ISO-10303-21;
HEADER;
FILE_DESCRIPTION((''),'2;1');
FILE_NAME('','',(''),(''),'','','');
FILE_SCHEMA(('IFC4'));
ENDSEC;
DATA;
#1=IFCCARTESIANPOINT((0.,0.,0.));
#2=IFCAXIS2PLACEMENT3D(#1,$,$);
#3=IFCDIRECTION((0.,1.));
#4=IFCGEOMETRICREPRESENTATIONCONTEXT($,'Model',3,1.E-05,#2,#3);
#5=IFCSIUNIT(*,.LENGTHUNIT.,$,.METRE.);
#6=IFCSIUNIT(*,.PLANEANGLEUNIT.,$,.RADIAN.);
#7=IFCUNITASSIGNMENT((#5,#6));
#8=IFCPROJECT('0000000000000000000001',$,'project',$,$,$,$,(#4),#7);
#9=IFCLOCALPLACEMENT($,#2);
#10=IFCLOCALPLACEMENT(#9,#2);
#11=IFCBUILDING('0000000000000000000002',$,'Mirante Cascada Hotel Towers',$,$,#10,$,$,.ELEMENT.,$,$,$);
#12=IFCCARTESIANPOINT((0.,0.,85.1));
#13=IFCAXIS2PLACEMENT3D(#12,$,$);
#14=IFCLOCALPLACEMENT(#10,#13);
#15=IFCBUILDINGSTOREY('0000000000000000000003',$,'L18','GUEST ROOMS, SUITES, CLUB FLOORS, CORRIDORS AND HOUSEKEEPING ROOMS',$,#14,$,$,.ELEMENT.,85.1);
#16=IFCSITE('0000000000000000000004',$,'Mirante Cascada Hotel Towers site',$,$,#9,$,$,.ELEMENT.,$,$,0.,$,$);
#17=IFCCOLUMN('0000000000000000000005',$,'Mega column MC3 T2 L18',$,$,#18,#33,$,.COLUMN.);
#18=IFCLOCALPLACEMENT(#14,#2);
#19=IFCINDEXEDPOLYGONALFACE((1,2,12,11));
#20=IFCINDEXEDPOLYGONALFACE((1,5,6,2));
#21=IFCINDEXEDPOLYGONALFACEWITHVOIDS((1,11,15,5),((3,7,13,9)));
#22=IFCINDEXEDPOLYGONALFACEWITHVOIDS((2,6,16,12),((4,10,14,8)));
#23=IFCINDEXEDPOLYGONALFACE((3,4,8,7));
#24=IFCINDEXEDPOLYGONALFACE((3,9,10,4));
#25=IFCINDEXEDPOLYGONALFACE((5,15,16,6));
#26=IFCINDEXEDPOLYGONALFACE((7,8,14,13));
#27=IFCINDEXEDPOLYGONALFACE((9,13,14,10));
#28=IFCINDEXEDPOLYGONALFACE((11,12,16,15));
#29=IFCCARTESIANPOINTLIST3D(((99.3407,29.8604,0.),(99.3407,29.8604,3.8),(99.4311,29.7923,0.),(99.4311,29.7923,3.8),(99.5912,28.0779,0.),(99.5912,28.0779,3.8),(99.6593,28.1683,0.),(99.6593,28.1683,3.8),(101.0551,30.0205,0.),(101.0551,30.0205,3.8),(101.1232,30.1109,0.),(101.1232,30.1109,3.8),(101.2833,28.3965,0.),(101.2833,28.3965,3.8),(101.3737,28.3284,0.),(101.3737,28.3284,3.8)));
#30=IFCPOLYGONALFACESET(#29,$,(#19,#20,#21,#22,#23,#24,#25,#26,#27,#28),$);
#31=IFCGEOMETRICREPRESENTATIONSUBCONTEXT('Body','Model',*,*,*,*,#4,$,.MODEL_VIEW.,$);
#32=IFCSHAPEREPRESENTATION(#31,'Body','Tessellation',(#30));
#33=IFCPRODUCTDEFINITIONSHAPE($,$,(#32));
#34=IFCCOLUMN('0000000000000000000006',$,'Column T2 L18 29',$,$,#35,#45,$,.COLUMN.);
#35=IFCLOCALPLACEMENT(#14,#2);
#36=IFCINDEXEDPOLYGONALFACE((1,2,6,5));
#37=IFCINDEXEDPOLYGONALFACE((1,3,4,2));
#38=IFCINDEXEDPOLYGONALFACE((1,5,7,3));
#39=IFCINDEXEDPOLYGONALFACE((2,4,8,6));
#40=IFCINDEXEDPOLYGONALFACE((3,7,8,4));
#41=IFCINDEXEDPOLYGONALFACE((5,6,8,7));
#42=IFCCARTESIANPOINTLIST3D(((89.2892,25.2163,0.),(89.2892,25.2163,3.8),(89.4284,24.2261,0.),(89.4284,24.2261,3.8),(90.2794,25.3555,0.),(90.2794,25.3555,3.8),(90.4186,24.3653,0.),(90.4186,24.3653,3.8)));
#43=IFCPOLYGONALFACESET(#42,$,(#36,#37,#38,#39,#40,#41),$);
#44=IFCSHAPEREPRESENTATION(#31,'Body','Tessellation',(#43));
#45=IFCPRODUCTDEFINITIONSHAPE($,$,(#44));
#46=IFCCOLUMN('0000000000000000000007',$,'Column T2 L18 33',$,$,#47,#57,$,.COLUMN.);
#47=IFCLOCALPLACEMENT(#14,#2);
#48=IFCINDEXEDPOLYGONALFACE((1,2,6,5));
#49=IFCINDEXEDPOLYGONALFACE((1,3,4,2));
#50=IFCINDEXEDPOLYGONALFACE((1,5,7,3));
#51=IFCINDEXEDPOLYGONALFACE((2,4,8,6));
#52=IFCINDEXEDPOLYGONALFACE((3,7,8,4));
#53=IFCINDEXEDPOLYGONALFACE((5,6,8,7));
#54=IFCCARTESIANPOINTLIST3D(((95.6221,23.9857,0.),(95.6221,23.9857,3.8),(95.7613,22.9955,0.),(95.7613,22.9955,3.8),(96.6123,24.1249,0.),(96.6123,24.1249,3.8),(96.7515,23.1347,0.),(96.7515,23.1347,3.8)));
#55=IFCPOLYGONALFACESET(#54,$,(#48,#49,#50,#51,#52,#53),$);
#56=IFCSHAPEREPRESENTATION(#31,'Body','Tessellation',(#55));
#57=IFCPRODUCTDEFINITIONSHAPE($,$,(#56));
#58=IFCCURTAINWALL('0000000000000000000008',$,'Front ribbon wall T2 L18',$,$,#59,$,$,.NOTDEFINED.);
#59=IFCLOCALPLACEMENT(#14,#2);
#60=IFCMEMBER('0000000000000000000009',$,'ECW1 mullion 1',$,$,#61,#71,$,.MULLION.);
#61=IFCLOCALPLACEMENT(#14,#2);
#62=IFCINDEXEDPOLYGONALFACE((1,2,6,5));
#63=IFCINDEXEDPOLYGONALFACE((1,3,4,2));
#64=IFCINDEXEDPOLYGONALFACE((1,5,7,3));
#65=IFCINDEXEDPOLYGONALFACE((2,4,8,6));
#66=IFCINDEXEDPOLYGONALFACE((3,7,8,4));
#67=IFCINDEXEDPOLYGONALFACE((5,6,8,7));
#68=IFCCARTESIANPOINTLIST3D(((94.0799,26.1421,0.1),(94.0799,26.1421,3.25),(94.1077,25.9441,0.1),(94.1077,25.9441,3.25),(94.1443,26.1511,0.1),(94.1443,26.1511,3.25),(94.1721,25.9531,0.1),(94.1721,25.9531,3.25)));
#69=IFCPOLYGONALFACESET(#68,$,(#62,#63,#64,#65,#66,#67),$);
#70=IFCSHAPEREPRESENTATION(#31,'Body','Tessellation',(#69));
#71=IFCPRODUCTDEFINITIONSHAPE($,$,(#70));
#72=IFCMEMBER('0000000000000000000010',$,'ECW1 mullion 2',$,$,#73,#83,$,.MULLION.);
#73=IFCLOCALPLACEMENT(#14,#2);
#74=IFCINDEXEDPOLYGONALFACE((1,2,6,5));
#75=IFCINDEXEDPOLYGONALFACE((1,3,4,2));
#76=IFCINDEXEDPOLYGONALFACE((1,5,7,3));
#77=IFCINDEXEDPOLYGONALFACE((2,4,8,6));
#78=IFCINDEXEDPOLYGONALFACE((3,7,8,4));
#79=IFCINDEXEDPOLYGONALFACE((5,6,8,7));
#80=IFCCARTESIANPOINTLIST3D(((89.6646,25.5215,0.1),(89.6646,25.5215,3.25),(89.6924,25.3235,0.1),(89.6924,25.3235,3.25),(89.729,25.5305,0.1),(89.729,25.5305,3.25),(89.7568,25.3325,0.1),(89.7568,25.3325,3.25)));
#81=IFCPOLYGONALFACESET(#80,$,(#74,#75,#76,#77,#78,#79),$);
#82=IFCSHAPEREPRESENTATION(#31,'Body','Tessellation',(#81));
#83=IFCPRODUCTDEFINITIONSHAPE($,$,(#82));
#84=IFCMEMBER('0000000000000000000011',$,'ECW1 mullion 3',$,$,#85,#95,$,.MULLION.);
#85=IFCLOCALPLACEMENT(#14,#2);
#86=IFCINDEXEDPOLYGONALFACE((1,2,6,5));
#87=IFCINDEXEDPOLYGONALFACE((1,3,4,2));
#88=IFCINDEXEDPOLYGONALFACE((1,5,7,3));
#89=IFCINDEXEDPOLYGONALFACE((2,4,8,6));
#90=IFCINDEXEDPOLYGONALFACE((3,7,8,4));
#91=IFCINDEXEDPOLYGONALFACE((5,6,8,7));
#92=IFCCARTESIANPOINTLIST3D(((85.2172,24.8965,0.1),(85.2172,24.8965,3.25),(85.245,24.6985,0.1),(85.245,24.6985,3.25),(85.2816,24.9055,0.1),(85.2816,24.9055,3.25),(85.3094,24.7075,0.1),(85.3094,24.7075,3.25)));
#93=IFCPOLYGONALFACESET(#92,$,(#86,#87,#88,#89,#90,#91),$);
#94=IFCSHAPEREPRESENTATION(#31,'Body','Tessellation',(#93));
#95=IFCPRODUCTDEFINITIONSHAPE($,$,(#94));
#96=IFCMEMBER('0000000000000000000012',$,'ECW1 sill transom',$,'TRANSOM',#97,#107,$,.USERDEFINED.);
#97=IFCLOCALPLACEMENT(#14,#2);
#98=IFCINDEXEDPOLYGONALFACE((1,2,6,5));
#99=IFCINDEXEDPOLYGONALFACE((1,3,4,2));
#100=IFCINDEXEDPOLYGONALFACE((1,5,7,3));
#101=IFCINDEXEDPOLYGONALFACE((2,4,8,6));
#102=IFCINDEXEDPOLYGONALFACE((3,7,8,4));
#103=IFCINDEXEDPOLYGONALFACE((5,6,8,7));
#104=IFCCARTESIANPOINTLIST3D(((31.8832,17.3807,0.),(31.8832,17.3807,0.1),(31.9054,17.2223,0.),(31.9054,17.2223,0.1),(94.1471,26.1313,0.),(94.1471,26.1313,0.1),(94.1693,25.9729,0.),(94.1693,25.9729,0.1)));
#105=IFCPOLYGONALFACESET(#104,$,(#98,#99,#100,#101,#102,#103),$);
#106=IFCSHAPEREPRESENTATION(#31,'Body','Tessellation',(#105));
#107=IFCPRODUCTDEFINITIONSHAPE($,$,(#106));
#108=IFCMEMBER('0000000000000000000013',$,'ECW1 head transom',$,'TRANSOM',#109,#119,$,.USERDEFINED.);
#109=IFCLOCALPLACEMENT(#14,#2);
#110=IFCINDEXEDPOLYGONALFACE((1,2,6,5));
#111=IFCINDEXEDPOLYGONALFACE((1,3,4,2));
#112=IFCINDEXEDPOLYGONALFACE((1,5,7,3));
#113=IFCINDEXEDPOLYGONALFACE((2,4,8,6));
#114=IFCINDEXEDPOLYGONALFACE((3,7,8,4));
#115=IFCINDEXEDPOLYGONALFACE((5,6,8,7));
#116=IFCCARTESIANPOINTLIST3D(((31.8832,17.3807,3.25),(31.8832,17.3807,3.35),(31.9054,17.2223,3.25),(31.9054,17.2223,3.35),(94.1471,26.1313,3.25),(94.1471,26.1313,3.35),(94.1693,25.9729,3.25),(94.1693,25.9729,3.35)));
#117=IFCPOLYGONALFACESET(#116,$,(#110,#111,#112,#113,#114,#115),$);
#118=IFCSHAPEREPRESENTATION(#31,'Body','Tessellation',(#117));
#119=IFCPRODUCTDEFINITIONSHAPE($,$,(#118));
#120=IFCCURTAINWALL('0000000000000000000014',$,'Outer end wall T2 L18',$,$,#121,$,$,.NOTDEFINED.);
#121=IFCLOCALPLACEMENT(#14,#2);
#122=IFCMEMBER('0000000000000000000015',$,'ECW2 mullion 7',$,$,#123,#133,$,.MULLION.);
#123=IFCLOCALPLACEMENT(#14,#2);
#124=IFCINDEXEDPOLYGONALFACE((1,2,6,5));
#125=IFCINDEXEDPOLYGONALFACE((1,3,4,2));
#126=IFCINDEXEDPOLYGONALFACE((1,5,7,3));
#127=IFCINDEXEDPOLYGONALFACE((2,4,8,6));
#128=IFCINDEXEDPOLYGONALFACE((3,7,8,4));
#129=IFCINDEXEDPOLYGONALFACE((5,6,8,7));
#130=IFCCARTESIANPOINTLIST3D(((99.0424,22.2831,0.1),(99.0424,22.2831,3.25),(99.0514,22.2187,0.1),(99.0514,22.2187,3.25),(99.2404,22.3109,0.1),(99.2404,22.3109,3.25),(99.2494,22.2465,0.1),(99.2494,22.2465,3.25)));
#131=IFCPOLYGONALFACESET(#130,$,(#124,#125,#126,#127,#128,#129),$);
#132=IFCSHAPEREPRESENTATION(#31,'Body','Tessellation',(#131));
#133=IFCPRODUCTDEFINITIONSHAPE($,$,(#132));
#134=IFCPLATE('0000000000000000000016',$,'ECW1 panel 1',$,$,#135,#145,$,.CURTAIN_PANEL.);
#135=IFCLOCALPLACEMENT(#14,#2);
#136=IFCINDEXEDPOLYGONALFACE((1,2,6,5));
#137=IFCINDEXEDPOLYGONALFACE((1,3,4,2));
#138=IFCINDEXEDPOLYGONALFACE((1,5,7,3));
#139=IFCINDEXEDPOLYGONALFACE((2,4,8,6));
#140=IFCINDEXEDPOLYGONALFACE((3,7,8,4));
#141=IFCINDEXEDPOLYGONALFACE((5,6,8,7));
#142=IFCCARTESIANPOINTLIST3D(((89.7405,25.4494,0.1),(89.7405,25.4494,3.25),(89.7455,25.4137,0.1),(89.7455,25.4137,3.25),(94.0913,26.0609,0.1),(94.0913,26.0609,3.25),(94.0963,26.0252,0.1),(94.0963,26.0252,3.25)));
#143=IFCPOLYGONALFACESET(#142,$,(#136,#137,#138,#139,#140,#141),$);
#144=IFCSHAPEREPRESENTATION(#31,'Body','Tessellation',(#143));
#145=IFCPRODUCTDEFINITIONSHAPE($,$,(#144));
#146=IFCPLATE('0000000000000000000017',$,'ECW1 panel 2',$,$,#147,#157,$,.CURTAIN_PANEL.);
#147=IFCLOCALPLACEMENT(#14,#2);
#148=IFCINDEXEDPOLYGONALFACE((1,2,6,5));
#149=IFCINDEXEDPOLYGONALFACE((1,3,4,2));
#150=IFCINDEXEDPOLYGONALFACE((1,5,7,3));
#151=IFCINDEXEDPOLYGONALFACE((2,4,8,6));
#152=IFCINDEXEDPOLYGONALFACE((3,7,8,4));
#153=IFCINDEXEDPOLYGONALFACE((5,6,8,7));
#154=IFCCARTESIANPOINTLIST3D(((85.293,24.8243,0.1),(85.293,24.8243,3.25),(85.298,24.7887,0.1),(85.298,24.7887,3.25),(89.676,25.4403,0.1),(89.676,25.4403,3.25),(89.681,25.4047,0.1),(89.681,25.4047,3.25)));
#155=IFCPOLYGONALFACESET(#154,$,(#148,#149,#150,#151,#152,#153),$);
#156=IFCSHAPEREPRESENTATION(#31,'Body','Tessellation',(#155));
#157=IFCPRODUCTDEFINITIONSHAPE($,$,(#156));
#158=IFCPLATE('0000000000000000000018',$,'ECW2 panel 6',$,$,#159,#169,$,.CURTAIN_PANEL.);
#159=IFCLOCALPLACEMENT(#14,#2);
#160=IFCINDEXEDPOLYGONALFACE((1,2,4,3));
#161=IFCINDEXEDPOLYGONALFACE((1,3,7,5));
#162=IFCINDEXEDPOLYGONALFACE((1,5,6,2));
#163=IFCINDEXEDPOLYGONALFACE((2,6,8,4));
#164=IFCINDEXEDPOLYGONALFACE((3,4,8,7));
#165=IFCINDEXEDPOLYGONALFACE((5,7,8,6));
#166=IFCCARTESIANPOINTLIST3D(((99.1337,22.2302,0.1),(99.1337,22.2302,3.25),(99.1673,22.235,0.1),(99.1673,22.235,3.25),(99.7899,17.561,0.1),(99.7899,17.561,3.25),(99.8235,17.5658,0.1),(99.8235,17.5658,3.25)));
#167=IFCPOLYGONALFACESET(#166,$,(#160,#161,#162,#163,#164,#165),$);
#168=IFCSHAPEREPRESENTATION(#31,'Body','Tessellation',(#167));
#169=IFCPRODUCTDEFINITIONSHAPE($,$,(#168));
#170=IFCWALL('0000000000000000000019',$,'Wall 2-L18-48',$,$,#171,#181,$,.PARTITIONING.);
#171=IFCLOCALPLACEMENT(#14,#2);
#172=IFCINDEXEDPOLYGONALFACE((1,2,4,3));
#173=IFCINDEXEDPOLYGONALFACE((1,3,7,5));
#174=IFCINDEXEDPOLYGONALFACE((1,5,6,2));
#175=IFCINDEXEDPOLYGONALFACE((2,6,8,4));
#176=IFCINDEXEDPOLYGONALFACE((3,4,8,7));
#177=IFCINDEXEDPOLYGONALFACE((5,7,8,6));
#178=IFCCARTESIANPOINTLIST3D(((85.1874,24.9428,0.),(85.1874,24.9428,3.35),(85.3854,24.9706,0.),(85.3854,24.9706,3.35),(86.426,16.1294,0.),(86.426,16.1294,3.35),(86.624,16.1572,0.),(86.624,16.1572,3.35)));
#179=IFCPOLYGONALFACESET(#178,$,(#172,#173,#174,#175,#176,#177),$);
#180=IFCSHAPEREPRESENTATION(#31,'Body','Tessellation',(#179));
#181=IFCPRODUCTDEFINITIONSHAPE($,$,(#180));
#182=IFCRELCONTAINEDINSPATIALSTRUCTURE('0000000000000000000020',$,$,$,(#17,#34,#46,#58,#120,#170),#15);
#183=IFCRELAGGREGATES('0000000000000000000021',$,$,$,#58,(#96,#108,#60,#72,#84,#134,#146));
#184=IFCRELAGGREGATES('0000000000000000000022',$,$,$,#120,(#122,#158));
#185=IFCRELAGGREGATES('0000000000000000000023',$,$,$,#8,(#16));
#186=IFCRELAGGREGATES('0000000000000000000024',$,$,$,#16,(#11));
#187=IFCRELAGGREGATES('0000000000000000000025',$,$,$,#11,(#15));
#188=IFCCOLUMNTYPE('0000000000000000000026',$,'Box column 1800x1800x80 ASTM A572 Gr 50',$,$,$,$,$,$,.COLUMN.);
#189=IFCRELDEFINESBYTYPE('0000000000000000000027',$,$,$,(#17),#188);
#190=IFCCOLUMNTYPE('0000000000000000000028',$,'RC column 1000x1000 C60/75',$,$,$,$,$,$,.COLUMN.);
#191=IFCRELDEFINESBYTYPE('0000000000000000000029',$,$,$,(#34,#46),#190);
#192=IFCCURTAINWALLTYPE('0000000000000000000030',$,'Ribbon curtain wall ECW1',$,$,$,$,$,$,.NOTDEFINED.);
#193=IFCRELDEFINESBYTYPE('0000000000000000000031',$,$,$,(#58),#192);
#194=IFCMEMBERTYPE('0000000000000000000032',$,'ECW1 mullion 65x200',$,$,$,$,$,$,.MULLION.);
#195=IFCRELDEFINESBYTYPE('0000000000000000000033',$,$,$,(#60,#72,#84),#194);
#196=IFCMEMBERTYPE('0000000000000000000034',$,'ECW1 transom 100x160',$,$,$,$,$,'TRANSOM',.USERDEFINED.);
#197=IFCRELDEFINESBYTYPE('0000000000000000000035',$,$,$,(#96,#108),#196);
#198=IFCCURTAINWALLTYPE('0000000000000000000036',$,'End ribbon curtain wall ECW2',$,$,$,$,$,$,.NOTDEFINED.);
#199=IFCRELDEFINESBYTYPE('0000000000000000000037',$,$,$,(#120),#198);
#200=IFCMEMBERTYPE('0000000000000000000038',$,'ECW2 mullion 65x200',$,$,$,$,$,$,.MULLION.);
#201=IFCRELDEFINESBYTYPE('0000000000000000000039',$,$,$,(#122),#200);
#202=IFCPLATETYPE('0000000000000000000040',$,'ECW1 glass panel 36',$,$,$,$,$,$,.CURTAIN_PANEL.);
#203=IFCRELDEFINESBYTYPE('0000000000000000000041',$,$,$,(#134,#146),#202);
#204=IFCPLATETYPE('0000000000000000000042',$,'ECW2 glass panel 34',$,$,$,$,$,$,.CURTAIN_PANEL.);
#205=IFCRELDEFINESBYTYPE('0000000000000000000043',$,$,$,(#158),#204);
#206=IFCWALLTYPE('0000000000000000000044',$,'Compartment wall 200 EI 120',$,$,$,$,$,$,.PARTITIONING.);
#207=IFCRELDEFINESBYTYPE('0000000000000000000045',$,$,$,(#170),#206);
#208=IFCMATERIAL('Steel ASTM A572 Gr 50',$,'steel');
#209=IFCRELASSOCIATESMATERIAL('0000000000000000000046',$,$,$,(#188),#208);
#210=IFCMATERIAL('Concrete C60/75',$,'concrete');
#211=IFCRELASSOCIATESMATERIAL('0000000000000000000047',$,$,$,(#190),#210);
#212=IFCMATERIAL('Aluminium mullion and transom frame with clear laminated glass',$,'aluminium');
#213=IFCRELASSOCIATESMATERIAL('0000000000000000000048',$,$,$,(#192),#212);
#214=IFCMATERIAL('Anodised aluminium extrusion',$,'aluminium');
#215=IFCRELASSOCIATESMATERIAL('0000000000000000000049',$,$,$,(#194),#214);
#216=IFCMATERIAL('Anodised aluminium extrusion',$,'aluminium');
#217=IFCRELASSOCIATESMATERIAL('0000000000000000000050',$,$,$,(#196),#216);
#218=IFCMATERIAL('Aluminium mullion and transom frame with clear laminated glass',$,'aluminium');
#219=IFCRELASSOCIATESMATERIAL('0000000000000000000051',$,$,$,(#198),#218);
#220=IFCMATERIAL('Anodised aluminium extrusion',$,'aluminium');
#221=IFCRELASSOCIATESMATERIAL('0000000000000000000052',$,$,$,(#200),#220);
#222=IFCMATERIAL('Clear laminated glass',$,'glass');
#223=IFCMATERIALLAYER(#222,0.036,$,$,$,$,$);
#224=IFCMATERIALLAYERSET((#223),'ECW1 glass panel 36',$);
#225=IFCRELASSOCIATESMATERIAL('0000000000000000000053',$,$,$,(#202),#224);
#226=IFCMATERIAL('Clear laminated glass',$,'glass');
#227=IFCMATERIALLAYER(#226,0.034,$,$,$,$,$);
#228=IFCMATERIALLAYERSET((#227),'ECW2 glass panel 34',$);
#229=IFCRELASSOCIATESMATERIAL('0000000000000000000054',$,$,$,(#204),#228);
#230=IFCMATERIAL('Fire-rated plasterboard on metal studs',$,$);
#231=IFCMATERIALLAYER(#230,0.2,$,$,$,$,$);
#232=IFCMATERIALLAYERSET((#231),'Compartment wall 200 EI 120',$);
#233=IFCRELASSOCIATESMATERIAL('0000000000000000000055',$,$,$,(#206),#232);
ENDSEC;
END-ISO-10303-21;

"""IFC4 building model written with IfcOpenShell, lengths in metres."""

from ifc_helpers import new_model, si_unit, direction, frame, frame_2d, origin, origin_2d, place, context, subcontext, project, spatial, rectangle, hollow_rectangle, extrude, material, layer, layer_set, material_profile, profile_set, type_object, element, aggregate, save


model = new_model("IFC4")

# Units and contexts
model_context = context("Model", 3, precision=1e-05, world=origin(), true_north=direction((0.0, 1.0)))
body_context = subcontext(model_context, "Body", "Model", "MODEL_VIEW")
ifc_project = project(units=[si_unit("LENGTHUNIT", "METRE"), si_unit("PLANEANGLEUNIT", "RADIAN")], contexts=[model_context])

# Site, building, storey
site_placement = place(None, origin())
site = spatial("IfcSite", under=ifc_project, at=site_placement, Name="Mirante Cascada Hotel Towers site", CompositionType="ELEMENT", RefElevation=0.0)
building_placement = place(site_placement, origin())
building = spatial("IfcBuilding", under=site, at=building_placement, Name="Mirante Cascada Hotel Towers", CompositionType="ELEMENT")
storey_placement = place(building_placement, frame((0.0, 0.0, 85.1)))
storey = spatial("IfcBuildingStorey", under=building, at=storey_placement, Name="L18", Description="GUEST ROOMS, SUITES, CLUB FLOORS, CORRIDORS AND HOUSEKEEPING ROOMS", CompositionType="ELEMENT", Elevation=85.1)

# Columns
ifc_material_1 = material(Name="Steel ASTM A572 Gr 50", Category="steel")
ifc_material_profile_1 = material_profile(ifc_material_1, hollow_rectangle(XDim=1.8, YDim=1.8, WallThickness=0.08, at=origin_2d()), Name="Box column 1800x1800x80 ASTM A572 Gr 50")
ifc_profile_set_1 = profile_set([ifc_material_profile_1], Name="Steel ASTM A572 Gr 50")
column_type_1 = type_object("IfcColumnType", Name="Box column 1800x1800x80 ASTM A572 Gr 50", PredefinedType="COLUMN", material=ifc_profile_set_1)
column_placement = place(storey_placement, frame((100.3572, 29.0944, 0.0), z_axis=(0.0, 0.0, 1.0), x_axis=(0.990268, 0.139173, 0.0)))
element("IfcColumn", 1, at=column_placement, inside=storey, type_object=column_type_1, Name="Mega column MC3 T2 L18", PredefinedType="COLUMN", context=body_context, shape_type="SweptSolid", body=[
    extrude(hollow_rectangle(XDim=1.8, YDim=1.8, WallThickness=0.08, at=origin_2d()), origin(), (0.0, 0.0, 1.0), 3.8),
])
ifc_material_2 = material(Name="Concrete C60/75", Category="concrete")
ifc_material_profile_2 = material_profile(ifc_material_2, rectangle(XDim=1.0, YDim=1.0, at=origin_2d()), Name="RC column 1000x1000 C60/75")
ifc_profile_set_2 = profile_set([ifc_material_profile_2], Name="Concrete C60/75")
column_type_2 = type_object("IfcColumnType", Name="RC column 1000x1000 C60/75", PredefinedType="COLUMN", material=ifc_profile_set_2)
for number, where, z_axis, x_axis, name in (
    (2, (89.8539, 24.7908, 0.0), (0.0, 0.0, 1.0), (0.990268, 0.139173, 0.0), "Column T2 L18 29"),
    (3, (96.1868, 23.5602, 0.0), (0.0, 0.0, 1.0), (0.990268, 0.139173, 0.0), "Column T2 L18 33"),
):
    element("IfcColumn", number, at=place(storey_placement, frame(where, z_axis=z_axis, x_axis=x_axis)), inside=storey, type_object=column_type_2, Name=name, PredefinedType="COLUMN", context=body_context, shape_type="SweptSolid", body=[
        extrude(rectangle(XDim=1.0, YDim=1.0, at=origin_2d()), origin(), (0.0, 0.0, 1.0), 3.8),
    ])

# Curtain wall, members
ifc_material_3 = material(Name="Aluminium mullion and transom frame with clear laminated glass", Category="aluminium")
curtain_wall_type_1 = type_object("IfcCurtainWallType", Name="Ribbon curtain wall ECW1", PredefinedType="NOTDEFINED", material=ifc_material_3)
curtain_wall_1_placement = place(storey_placement, origin())
curtain_wall_1 = element("IfcCurtainWall", 4, at=curtain_wall_1_placement, inside=storey, type_object=curtain_wall_type_1, Name="Front ribbon wall T2 L18", PredefinedType="NOTDEFINED")
ifc_material_4 = material(Name="Anodised aluminium extrusion", Category="aluminium")
ifc_material_profile_3 = material_profile(ifc_material_4, rectangle(XDim=0.2, YDim=0.065, at=origin_2d()), Name="ECW1 MULLION 65x200")
ifc_profile_set_3 = profile_set([ifc_material_profile_3], Name="Anodised aluminium extrusion")
member_type_1 = type_object("IfcMemberType", Name="ECW1 mullion 65x200", PredefinedType="MULLION", material=ifc_profile_set_3)
member_1_placement = place(storey_placement, frame((94.126, 26.0476, 0.1), z_axis=(0.0, 0.0, 1.0), x_axis=(0.139173, -0.990268, 0.0)))
member_1 = element("IfcMember", 5, at=member_1_placement, type_object=member_type_1, Name="ECW1 mullion 1", PredefinedType="MULLION", context=body_context, shape_type="SweptSolid", body=[
    extrude(rectangle(XDim=0.2, YDim=0.065, at=origin_2d()), origin(), (0.0, 0.0, 1.0), 3.15),
])
member_2_placement = place(storey_placement, frame((89.7107, 25.427, 0.1), z_axis=(0.0, 0.0, 1.0), x_axis=(0.139173, -0.990268, 0.0)))
member_2 = element("IfcMember", 6, at=member_2_placement, type_object=member_type_1, Name="ECW1 mullion 2", PredefinedType="MULLION", context=body_context, shape_type="SweptSolid", body=[
    extrude(rectangle(XDim=0.2, YDim=0.065, at=origin_2d()), origin(), (0.0, 0.0, 1.0), 3.15),
])
member_3_placement = place(storey_placement, frame((85.2633, 24.802, 0.1), z_axis=(0.0, 0.0, 1.0), x_axis=(0.139173, -0.990268, 0.0)))
member_3 = element("IfcMember", 7, at=member_3_placement, type_object=member_type_1, Name="ECW1 mullion 3", PredefinedType="MULLION", context=body_context, shape_type="SweptSolid", body=[
    extrude(rectangle(XDim=0.2, YDim=0.065, at=origin_2d()), origin(), (0.0, 0.0, 1.0), 3.15),
])
ifc_material_5 = material(Name="Anodised aluminium extrusion", Category="aluminium")
ifc_material_profile_4 = material_profile(ifc_material_5, rectangle(XDim=0.16, YDim=0.1, at=origin_2d()), Name="ECW1 TRANSOM 100x160")
ifc_profile_set_4 = profile_set([ifc_material_profile_4], Name="Anodised aluminium extrusion")
member_type_2 = type_object("IfcMemberType", Name="ECW1 transom 100x160", ElementType="TRANSOM", PredefinedType="USERDEFINED", material=ifc_profile_set_4)
member_4_placement = place(storey_placement, frame((94.1582, 26.0521, 0.05), z_axis=(-0.990268, -0.139173, 0.0), x_axis=(0.139173, -0.990268, 0.0)))
member_4 = element("IfcMember", 8, at=member_4_placement, type_object=member_type_2, Name="ECW1 sill transom", ObjectType="TRANSOM", PredefinedType="USERDEFINED", context=body_context, shape_type="SweptSolid", body=[
    extrude(rectangle(XDim=0.16, YDim=0.1, at=origin_2d()), origin(), (0.0, 0.0, 1.0), 62.8758),
])
member_5_placement = place(storey_placement, frame((94.1582, 26.0521, 3.3), z_axis=(-0.990268, -0.139173, 0.0), x_axis=(0.139173, -0.990268, 0.0)))
member_5 = element("IfcMember", 9, at=member_5_placement, type_object=member_type_2, Name="ECW1 head transom", ObjectType="TRANSOM", PredefinedType="USERDEFINED", context=body_context, shape_type="SweptSolid", body=[
    extrude(rectangle(XDim=0.16, YDim=0.1, at=origin_2d()), origin(), (0.0, 0.0, 1.0), 62.8758),
])

# Curtain wall, member
ifc_material_6 = material(Name="Aluminium mullion and transom frame with clear laminated glass", Category="aluminium")
curtain_wall_type_2 = type_object("IfcCurtainWallType", Name="End ribbon curtain wall ECW2", PredefinedType="NOTDEFINED", material=ifc_material_6)
curtain_wall_2_placement = place(storey_placement, origin())
curtain_wall_2 = element("IfcCurtainWall", 10, at=curtain_wall_2_placement, inside=storey, type_object=curtain_wall_type_2, Name="Outer end wall T2 L18", PredefinedType="NOTDEFINED")
ifc_material_7 = material(Name="Anodised aluminium extrusion", Category="aluminium")
ifc_material_profile_5 = material_profile(ifc_material_7, rectangle(XDim=0.2, YDim=0.065, at=origin_2d()), Name="ECW2 MULLION 65x200")
ifc_profile_set_5 = profile_set([ifc_material_profile_5], Name="Anodised aluminium extrusion")
member_type_3 = type_object("IfcMemberType", Name="ECW2 mullion 65x200", PredefinedType="MULLION", material=ifc_profile_set_5)
member_6_placement = place(storey_placement, frame((99.1459, 22.2648, 0.1), z_axis=(0.0, 0.0, 1.0), x_axis=(-0.990268, -0.139173, 0.0)))
member_6 = element("IfcMember", 11, at=member_6_placement, type_object=member_type_3, Name="ECW2 mullion 7", PredefinedType="MULLION", context=body_context, shape_type="SweptSolid", body=[
    extrude(rectangle(XDim=0.2, YDim=0.065, at=origin_2d()), origin(), (0.0, 0.0, 1.0), 3.15),
])

# Plates
ifc_material_8 = material(Name="Clear laminated glass", Category="glass")
ifc_layer_1 = layer(ifc_material_8, 0.036)
ifc_layer_set_1 = layer_set([ifc_layer_1], Name="ECW1 glass panel 36")
plate_type_1 = type_object("IfcPlateType", Name="ECW1 glass panel 36", PredefinedType="CURTAIN_PANEL", material=ifc_layer_set_1)
plate_1_placement = place(storey_placement, frame((91.9184, 25.7373, 0.1), z_axis=(0.0, 0.0, 1.0), x_axis=(-0.990268, -0.139173, 0.0)))
plate_1 = element("IfcPlate", 12, at=plate_1_placement, type_object=plate_type_1, Name="ECW1 panel 1", PredefinedType="CURTAIN_PANEL", context=body_context, shape_type="SweptSolid", body=[
    extrude(rectangle(XDim=4.3936, YDim=0.036, at=origin_2d()), origin(), (0.0, 0.0, 1.0), 3.15),
])
plate_2_placement = place(storey_placement, frame((87.487, 25.1145, 0.1), z_axis=(0.0, 0.0, 1.0), x_axis=(-0.990268, -0.139173, 0.0)))
plate_2 = element("IfcPlate", 13, at=plate_2_placement, type_object=plate_type_1, Name="ECW1 panel 2", PredefinedType="CURTAIN_PANEL", context=body_context, shape_type="SweptSolid", body=[
    extrude(rectangle(XDim=4.4261, YDim=0.036, at=origin_2d()), origin(), (0.0, 0.0, 1.0), 3.15),
])
aggregate(curtain_wall_1, [member_4, member_5, member_1, member_2, member_3, plate_1, plate_2])
ifc_material_9 = material(Name="Clear laminated glass", Category="glass")
ifc_layer_2 = layer(ifc_material_9, 0.034)
ifc_layer_set_2 = layer_set([ifc_layer_2], Name="ECW2 glass panel 34")
plate_type_2 = type_object("IfcPlateType", Name="ECW2 glass panel 34", PredefinedType="CURTAIN_PANEL", material=ifc_layer_set_2)
plate_3_placement = place(storey_placement, frame((99.4786, 19.898, 0.1), z_axis=(0.0, 0.0, 1.0), x_axis=(-0.139173, 0.990268, 0.0)))
plate_3 = element("IfcPlate", 14, at=plate_3_placement, type_object=plate_type_2, Name="ECW2 panel 6", PredefinedType="CURTAIN_PANEL", context=body_context, shape_type="SweptSolid", body=[
    extrude(rectangle(XDim=4.7151, YDim=0.034, at=origin_2d()), origin(), (0.0, 0.0, 1.0), 3.15),
])
aggregate(curtain_wall_2, [member_6, plate_3])

# Wall
ifc_material_10 = material(Name="Fire-rated plasterboard on metal studs")
ifc_layer_3 = layer(ifc_material_10, 0.2)
ifc_layer_set_3 = layer_set([ifc_layer_3], Name="Compartment wall 200 EI 120")
wall_type_1 = type_object("IfcWallType", Name="Compartment wall 200 EI 120", PredefinedType="PARTITIONING", material=ifc_layer_set_3)
wall_1_placement = place(storey_placement, frame((85.2864, 24.9567, 0.0), z_axis=(0.0, 0.0, 1.0), x_axis=(0.139168, -0.990269, 0.0)))
element("IfcWall", 15, at=wall_1_placement, inside=storey, type_object=wall_type_1, Name="Wall 2-L18-48", PredefinedType="PARTITIONING", context=body_context, shape_type="SweptSolid", body=[
    extrude(rectangle(XDim=8.9, YDim=0.2, at=frame_2d((4.45, 0.0))), origin(), (0.0, 0.0, 1.0), 3.35),
])

save(model, "model.ifc")
